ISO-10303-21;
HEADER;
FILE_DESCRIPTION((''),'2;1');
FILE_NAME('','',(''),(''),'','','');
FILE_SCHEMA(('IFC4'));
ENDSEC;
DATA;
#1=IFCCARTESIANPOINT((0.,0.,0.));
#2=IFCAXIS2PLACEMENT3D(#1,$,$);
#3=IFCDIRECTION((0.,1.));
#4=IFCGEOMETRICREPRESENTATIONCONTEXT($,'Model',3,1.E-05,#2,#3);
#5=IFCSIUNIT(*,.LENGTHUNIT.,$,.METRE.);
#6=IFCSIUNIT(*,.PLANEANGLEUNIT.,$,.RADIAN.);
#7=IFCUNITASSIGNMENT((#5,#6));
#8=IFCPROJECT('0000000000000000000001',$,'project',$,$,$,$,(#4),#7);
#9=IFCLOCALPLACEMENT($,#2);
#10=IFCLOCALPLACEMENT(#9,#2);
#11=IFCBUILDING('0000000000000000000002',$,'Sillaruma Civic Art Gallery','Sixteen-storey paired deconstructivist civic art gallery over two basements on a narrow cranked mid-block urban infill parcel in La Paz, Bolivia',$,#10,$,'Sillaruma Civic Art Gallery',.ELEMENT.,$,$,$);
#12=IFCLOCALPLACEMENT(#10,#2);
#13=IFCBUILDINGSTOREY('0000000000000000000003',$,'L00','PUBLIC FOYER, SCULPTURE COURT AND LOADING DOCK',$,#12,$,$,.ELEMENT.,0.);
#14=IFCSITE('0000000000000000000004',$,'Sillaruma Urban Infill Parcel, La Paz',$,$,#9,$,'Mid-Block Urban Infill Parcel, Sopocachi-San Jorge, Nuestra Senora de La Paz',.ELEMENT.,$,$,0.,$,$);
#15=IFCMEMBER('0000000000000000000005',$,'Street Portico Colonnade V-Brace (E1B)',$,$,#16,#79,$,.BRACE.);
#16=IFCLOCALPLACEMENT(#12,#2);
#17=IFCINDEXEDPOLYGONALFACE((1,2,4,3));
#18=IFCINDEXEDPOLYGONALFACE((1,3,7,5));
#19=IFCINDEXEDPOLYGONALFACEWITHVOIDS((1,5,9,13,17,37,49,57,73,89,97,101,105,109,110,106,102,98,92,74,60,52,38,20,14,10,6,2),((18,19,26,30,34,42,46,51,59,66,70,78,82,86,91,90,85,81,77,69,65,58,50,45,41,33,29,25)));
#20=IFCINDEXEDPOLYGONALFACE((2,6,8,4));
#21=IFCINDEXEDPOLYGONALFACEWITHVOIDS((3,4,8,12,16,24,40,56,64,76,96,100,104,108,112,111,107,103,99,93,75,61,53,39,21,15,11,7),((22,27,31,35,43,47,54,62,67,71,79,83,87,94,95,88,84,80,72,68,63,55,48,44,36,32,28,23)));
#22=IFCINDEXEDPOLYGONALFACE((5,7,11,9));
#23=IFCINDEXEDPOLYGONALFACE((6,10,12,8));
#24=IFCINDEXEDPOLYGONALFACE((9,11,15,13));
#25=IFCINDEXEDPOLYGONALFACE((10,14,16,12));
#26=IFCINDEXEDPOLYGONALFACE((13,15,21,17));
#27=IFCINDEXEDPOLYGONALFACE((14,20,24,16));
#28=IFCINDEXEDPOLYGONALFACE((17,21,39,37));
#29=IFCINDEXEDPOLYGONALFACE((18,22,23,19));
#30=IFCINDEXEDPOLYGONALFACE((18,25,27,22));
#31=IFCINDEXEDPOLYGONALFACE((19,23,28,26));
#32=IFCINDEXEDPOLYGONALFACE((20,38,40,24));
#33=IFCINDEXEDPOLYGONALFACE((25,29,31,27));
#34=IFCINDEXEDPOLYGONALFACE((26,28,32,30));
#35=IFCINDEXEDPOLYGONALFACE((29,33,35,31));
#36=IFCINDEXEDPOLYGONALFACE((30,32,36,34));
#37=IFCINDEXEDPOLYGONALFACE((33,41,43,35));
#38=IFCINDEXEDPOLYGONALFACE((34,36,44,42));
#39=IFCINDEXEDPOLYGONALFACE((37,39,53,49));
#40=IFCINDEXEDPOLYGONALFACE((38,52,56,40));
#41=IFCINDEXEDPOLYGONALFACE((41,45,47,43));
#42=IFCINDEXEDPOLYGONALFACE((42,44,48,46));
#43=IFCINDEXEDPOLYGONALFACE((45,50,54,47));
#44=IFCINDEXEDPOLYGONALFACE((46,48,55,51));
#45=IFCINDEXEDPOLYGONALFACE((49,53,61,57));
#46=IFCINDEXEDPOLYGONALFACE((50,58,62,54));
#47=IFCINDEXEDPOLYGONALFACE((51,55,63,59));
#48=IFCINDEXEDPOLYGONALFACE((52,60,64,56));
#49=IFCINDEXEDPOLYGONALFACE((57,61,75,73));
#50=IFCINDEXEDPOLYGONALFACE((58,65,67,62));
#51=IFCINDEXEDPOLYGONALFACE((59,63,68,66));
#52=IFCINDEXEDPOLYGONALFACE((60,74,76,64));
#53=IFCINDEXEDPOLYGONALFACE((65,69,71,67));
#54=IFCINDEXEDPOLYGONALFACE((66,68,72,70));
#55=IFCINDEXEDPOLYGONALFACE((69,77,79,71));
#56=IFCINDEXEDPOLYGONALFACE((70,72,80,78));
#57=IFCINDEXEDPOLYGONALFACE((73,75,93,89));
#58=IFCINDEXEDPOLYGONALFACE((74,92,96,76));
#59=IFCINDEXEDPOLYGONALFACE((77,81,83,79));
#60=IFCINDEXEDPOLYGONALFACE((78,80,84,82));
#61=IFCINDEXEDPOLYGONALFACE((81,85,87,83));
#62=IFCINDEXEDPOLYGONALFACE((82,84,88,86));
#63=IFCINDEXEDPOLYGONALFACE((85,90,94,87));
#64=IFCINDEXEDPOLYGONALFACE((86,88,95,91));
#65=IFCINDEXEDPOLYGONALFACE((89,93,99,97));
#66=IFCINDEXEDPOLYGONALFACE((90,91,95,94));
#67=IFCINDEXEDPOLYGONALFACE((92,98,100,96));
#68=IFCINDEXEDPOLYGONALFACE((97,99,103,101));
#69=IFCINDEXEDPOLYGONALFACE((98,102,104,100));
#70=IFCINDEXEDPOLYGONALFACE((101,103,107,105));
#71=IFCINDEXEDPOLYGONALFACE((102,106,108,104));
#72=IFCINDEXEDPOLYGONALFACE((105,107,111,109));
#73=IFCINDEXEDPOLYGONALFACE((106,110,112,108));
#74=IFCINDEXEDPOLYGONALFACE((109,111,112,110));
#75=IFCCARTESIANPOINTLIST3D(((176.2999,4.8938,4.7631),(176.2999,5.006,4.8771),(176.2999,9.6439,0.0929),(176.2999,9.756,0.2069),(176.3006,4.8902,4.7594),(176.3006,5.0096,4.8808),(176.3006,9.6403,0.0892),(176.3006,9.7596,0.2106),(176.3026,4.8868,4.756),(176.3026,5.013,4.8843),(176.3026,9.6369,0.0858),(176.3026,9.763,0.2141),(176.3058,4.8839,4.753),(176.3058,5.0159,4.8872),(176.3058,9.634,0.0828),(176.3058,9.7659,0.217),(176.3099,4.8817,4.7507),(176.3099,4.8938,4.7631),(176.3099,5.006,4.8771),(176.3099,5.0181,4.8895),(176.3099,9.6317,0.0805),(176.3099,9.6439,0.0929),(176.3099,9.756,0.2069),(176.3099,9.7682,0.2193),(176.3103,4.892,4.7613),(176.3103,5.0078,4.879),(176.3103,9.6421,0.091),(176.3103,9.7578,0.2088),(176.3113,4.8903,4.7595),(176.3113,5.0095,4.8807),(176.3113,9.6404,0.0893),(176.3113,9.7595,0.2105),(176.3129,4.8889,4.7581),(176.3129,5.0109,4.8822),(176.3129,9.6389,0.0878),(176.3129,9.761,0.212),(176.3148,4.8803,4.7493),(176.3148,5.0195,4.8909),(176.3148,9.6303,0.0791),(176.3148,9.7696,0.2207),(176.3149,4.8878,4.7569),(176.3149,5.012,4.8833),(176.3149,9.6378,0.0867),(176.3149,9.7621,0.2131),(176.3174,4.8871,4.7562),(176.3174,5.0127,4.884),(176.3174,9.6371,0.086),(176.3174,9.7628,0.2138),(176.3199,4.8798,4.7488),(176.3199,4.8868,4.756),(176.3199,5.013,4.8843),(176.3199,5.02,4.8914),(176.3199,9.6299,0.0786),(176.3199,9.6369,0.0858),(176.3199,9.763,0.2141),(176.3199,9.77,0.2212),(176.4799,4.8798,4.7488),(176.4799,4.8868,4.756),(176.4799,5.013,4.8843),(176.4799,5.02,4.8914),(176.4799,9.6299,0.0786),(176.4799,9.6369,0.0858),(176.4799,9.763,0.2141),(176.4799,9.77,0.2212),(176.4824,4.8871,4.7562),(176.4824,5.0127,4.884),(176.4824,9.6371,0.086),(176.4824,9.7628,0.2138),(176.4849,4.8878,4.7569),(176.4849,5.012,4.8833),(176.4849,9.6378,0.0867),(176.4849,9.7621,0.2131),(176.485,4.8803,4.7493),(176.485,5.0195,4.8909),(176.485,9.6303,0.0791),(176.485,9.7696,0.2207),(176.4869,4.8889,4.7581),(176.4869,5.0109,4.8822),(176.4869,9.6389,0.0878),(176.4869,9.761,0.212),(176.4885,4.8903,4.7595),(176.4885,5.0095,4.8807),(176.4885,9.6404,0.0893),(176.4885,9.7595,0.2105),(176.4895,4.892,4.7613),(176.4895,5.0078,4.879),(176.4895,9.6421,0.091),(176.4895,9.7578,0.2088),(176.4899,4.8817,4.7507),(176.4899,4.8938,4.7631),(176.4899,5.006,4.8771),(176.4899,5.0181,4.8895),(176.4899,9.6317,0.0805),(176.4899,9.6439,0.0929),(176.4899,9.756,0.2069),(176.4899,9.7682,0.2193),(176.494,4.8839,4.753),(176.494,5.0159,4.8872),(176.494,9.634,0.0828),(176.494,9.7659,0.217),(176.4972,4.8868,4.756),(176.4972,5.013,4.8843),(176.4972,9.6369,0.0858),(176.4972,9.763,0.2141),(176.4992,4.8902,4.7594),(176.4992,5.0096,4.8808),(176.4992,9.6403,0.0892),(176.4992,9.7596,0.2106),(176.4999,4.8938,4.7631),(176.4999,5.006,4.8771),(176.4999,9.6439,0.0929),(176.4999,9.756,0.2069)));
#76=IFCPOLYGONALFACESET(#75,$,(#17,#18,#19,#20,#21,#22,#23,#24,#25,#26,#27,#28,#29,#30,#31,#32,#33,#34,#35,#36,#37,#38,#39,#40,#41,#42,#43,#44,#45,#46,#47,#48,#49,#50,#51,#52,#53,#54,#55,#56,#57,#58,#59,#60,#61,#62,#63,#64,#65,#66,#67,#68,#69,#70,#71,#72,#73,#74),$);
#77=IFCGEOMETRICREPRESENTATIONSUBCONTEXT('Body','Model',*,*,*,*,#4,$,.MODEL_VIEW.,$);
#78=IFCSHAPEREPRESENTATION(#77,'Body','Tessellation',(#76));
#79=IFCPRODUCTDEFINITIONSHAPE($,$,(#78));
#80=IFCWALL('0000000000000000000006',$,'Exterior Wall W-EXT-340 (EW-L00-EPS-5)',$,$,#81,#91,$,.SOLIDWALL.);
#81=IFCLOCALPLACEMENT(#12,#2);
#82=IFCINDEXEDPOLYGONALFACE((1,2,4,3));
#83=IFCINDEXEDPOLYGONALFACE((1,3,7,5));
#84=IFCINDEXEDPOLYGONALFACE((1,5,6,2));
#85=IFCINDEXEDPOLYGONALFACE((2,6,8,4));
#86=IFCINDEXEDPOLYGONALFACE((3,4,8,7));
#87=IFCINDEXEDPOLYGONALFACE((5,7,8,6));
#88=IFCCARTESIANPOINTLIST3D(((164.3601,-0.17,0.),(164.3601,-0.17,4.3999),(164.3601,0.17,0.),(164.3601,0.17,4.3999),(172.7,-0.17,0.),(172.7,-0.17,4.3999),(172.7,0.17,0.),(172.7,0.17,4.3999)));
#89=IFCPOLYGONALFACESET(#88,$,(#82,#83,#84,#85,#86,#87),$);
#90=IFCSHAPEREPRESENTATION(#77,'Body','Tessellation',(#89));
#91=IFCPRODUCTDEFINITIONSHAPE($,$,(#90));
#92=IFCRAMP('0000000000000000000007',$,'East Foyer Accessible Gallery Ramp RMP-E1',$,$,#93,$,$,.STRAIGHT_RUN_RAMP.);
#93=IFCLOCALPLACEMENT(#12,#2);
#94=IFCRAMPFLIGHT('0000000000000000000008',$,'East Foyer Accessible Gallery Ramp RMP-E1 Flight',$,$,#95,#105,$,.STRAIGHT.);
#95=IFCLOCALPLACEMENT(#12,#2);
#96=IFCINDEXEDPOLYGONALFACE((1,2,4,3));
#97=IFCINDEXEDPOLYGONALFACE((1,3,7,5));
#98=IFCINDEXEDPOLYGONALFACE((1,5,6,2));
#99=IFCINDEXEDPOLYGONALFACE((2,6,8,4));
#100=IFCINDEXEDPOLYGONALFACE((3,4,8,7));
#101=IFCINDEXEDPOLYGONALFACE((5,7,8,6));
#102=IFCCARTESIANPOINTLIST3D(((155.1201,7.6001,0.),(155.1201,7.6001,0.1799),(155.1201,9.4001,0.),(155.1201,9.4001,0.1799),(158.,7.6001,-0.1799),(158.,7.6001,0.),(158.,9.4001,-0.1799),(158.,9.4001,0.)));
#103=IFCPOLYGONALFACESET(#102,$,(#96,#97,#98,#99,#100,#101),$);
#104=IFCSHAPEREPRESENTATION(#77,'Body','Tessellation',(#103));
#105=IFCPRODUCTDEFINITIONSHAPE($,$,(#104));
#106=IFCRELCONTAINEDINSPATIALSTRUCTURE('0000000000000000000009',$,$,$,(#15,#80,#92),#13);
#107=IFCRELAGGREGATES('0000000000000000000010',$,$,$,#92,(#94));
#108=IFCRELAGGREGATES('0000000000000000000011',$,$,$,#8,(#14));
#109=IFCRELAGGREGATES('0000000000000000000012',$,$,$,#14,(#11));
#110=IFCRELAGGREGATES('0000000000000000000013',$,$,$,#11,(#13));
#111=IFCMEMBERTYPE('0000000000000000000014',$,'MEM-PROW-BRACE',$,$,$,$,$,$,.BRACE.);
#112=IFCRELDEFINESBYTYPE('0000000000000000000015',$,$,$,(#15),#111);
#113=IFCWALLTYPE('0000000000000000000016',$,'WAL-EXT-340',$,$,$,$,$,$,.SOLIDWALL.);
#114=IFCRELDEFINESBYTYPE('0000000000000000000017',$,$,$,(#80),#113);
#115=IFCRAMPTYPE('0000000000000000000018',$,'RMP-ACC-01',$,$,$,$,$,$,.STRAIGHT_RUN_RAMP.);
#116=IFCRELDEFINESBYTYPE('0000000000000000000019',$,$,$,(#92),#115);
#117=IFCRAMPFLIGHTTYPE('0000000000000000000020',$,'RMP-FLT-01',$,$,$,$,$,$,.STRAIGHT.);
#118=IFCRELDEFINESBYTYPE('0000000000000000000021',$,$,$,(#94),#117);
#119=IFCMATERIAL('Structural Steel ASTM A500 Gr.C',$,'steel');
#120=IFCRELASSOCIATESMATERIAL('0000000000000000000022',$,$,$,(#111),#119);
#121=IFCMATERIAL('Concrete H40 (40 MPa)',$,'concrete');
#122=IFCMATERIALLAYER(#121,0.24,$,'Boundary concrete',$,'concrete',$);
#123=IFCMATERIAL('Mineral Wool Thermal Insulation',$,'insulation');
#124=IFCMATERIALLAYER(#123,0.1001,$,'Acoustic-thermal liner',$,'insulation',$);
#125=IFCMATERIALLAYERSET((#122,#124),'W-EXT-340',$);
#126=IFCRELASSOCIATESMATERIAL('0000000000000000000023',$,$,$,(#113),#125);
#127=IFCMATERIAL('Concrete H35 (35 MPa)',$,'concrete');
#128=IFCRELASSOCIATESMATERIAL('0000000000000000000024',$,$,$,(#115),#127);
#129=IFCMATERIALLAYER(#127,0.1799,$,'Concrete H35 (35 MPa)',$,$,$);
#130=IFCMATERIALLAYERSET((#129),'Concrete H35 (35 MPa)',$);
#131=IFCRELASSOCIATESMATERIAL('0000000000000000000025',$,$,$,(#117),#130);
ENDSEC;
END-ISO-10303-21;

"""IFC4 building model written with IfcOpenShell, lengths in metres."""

from ifc_helpers import new_model, si_unit, direction, frame, frame_2d, origin, origin_2d, place, context, subcontext, project, spatial, polyline, rectangle, hollow_rectangle, outline, extrude, material, layer, layer_set, material_profile, profile_set, type_object, element, aggregate, save


model = new_model("IFC4")

# Units and contexts
model_context = context("Model", 3, precision=1e-05, world=origin(), true_north=direction((0.0, 1.0)))
body_context = subcontext(model_context, "Body", "Model", "MODEL_VIEW")
ifc_project = project(units=[si_unit("LENGTHUNIT", "METRE"), si_unit("PLANEANGLEUNIT", "RADIAN")], contexts=[model_context])

# Site, building, storey
site_placement = place(None, origin())
site = spatial("IfcSite", under=ifc_project, at=site_placement, Name="Sillaruma Urban Infill Parcel, La Paz", LongName="Mid-Block Urban Infill Parcel, Sopocachi-San Jorge, Nuestra Senora de La Paz", CompositionType="ELEMENT", RefElevation=0.0)
building_placement = place(site_placement, origin())
building = spatial("IfcBuilding", under=site, at=building_placement, Name="Sillaruma Civic Art Gallery", Description="Sixteen-storey paired deconstructivist civic art gallery over two basements on a narrow cranked mid-block urban infill parcel in La Paz, Bolivia", LongName="Sillaruma Civic Art Gallery", CompositionType="ELEMENT")
storey_placement = place(building_placement, origin())
storey = spatial("IfcBuildingStorey", under=building, at=storey_placement, Name="L00", Description="PUBLIC FOYER, SCULPTURE COURT AND LOADING DOCK", CompositionType="ELEMENT", Elevation=0.0)

# Shared definitions
ifc_material_1 = material(Name="Concrete H40 (40 MPa)", Category="concrete")

# Shared definitions
ifc_material_2 = material(Name="Concrete H35 (35 MPa)", Category="concrete")

# Member
ifc_material_3 = material(Name="Structural Steel ASTM A500 Gr.C", Category="steel")
ifc_material_profile_1 = material_profile(ifc_material_3, hollow_rectangle(XDim=0.2, YDim=0.2, WallThickness=0.01, InnerFilletRadius=0.01, OuterFilletRadius=0.02, at=origin_2d()), Name="HSS200x200x10")
ifc_profile_set_1 = profile_set([ifc_material_profile_1], Name="Structural Steel ASTM A500 Gr.C")
member_type = type_object("IfcMemberType", Name="MEM-PROW-BRACE", PredefinedType="BRACE", material=ifc_profile_set_1)
for number, where, z_axis, x_axis, name in (
    (1, (176.3999, 9.7, 0.1499), (0.0, -0.713074, 0.701089), (1.0, 0.0, 0.0), "Street Portico Colonnade V-Brace (E1B)"),
):
    element("IfcMember", number, at=place(storey_placement, frame(where, z_axis=z_axis, x_axis=x_axis)), inside=storey, type_object=member_type, Name=name, PredefinedType="BRACE", context=body_context, shape_type="SweptSolid", body=[
        extrude(hollow_rectangle(XDim=0.2, YDim=0.2, WallThickness=0.01, InnerFilletRadius=0.01, OuterFilletRadius=0.02, at=origin_2d()), origin(), (0.0, 0.0, 1.0), 6.6614),
    ])

# Shared definitions
ifc_material_4 = material(Name="Mineral Wool Thermal Insulation", Category="insulation")

# Wall
ifc_layer_1 = layer(ifc_material_1, 0.24, Name="Boundary concrete", Category="concrete")
ifc_layer_2 = layer(ifc_material_4, 0.1001, Name="Acoustic-thermal liner", Category="insulation")
ifc_layer_set_1 = layer_set([ifc_layer_1, ifc_layer_2], Name="W-EXT-340")
wall_type_1 = type_object("IfcWallType", Name="WAL-EXT-340", PredefinedType="SOLIDWALL", material=ifc_layer_set_1)
wall_1_placement = place(storey_placement, frame((164.3601, 0.0, 0.0), z_axis=(0.0, 0.0, 1.0), x_axis=(1.0, 0.0, 0.0)))
element("IfcWall", 2, at=wall_1_placement, inside=storey, type_object=wall_type_1, Name="Exterior Wall W-EXT-340 (EW-L00-EPS-5)", PredefinedType="SOLIDWALL", context=body_context, shape_type="SweptSolid", body=[
    extrude(rectangle(XDim=8.3398, YDim=0.3401, at=frame_2d((4.1699, 0.0))), origin(), (0.0, 0.0, 1.0), 4.3999),
])

# Ramp, ramp flight
ramp_type = type_object("IfcRampType", Name="RMP-ACC-01", PredefinedType="STRAIGHT_RUN_RAMP", material=ifc_material_2)
ramp_placement = place(storey_placement, origin())
ramp = element("IfcRamp", 3, at=ramp_placement, inside=storey, type_object=ramp_type, Name="East Foyer Accessible Gallery Ramp RMP-E1", PredefinedType="STRAIGHT_RUN_RAMP")
ifc_layer_3 = layer(ifc_material_2, 0.1799, Name="Concrete H35 (35 MPa)")
ifc_layer_set_2 = layer_set([ifc_layer_3], Name="Concrete H35 (35 MPa)")
ramp_flight_type = type_object("IfcRampFlightType", Name="RMP-FLT-01", PredefinedType="STRAIGHT", material=ifc_layer_set_2)
ramp_flight_placement = place(storey_placement, frame((158.0, 8.5, 0.0), z_axis=(0.0, 0.0, 1.0), x_axis=(-1.0, 0.0, 0.0)))
ramp_flight = element("IfcRampFlight", 4, at=ramp_flight_placement, type_object=ramp_flight_type, Name="East Foyer Accessible Gallery Ramp RMP-E1 Flight", PredefinedType="STRAIGHT", context=body_context, shape_type="SweptSolid", body=[
    extrude(outline(polyline([(0.0, 0.0), (2.8799, 0.1799), (2.8799, 0.0), (0.0, -0.1799), (0.0, 0.0)])), frame((0.0, 0.8999, 0.0), z_axis=(0.0, -1.0, 0.0), x_axis=(1.0, 0.0, 0.0)), (0.0, 0.0, 1.0), 1.8),
])
aggregate(ramp, [ramp_flight])

save(model, "model.ifc")
